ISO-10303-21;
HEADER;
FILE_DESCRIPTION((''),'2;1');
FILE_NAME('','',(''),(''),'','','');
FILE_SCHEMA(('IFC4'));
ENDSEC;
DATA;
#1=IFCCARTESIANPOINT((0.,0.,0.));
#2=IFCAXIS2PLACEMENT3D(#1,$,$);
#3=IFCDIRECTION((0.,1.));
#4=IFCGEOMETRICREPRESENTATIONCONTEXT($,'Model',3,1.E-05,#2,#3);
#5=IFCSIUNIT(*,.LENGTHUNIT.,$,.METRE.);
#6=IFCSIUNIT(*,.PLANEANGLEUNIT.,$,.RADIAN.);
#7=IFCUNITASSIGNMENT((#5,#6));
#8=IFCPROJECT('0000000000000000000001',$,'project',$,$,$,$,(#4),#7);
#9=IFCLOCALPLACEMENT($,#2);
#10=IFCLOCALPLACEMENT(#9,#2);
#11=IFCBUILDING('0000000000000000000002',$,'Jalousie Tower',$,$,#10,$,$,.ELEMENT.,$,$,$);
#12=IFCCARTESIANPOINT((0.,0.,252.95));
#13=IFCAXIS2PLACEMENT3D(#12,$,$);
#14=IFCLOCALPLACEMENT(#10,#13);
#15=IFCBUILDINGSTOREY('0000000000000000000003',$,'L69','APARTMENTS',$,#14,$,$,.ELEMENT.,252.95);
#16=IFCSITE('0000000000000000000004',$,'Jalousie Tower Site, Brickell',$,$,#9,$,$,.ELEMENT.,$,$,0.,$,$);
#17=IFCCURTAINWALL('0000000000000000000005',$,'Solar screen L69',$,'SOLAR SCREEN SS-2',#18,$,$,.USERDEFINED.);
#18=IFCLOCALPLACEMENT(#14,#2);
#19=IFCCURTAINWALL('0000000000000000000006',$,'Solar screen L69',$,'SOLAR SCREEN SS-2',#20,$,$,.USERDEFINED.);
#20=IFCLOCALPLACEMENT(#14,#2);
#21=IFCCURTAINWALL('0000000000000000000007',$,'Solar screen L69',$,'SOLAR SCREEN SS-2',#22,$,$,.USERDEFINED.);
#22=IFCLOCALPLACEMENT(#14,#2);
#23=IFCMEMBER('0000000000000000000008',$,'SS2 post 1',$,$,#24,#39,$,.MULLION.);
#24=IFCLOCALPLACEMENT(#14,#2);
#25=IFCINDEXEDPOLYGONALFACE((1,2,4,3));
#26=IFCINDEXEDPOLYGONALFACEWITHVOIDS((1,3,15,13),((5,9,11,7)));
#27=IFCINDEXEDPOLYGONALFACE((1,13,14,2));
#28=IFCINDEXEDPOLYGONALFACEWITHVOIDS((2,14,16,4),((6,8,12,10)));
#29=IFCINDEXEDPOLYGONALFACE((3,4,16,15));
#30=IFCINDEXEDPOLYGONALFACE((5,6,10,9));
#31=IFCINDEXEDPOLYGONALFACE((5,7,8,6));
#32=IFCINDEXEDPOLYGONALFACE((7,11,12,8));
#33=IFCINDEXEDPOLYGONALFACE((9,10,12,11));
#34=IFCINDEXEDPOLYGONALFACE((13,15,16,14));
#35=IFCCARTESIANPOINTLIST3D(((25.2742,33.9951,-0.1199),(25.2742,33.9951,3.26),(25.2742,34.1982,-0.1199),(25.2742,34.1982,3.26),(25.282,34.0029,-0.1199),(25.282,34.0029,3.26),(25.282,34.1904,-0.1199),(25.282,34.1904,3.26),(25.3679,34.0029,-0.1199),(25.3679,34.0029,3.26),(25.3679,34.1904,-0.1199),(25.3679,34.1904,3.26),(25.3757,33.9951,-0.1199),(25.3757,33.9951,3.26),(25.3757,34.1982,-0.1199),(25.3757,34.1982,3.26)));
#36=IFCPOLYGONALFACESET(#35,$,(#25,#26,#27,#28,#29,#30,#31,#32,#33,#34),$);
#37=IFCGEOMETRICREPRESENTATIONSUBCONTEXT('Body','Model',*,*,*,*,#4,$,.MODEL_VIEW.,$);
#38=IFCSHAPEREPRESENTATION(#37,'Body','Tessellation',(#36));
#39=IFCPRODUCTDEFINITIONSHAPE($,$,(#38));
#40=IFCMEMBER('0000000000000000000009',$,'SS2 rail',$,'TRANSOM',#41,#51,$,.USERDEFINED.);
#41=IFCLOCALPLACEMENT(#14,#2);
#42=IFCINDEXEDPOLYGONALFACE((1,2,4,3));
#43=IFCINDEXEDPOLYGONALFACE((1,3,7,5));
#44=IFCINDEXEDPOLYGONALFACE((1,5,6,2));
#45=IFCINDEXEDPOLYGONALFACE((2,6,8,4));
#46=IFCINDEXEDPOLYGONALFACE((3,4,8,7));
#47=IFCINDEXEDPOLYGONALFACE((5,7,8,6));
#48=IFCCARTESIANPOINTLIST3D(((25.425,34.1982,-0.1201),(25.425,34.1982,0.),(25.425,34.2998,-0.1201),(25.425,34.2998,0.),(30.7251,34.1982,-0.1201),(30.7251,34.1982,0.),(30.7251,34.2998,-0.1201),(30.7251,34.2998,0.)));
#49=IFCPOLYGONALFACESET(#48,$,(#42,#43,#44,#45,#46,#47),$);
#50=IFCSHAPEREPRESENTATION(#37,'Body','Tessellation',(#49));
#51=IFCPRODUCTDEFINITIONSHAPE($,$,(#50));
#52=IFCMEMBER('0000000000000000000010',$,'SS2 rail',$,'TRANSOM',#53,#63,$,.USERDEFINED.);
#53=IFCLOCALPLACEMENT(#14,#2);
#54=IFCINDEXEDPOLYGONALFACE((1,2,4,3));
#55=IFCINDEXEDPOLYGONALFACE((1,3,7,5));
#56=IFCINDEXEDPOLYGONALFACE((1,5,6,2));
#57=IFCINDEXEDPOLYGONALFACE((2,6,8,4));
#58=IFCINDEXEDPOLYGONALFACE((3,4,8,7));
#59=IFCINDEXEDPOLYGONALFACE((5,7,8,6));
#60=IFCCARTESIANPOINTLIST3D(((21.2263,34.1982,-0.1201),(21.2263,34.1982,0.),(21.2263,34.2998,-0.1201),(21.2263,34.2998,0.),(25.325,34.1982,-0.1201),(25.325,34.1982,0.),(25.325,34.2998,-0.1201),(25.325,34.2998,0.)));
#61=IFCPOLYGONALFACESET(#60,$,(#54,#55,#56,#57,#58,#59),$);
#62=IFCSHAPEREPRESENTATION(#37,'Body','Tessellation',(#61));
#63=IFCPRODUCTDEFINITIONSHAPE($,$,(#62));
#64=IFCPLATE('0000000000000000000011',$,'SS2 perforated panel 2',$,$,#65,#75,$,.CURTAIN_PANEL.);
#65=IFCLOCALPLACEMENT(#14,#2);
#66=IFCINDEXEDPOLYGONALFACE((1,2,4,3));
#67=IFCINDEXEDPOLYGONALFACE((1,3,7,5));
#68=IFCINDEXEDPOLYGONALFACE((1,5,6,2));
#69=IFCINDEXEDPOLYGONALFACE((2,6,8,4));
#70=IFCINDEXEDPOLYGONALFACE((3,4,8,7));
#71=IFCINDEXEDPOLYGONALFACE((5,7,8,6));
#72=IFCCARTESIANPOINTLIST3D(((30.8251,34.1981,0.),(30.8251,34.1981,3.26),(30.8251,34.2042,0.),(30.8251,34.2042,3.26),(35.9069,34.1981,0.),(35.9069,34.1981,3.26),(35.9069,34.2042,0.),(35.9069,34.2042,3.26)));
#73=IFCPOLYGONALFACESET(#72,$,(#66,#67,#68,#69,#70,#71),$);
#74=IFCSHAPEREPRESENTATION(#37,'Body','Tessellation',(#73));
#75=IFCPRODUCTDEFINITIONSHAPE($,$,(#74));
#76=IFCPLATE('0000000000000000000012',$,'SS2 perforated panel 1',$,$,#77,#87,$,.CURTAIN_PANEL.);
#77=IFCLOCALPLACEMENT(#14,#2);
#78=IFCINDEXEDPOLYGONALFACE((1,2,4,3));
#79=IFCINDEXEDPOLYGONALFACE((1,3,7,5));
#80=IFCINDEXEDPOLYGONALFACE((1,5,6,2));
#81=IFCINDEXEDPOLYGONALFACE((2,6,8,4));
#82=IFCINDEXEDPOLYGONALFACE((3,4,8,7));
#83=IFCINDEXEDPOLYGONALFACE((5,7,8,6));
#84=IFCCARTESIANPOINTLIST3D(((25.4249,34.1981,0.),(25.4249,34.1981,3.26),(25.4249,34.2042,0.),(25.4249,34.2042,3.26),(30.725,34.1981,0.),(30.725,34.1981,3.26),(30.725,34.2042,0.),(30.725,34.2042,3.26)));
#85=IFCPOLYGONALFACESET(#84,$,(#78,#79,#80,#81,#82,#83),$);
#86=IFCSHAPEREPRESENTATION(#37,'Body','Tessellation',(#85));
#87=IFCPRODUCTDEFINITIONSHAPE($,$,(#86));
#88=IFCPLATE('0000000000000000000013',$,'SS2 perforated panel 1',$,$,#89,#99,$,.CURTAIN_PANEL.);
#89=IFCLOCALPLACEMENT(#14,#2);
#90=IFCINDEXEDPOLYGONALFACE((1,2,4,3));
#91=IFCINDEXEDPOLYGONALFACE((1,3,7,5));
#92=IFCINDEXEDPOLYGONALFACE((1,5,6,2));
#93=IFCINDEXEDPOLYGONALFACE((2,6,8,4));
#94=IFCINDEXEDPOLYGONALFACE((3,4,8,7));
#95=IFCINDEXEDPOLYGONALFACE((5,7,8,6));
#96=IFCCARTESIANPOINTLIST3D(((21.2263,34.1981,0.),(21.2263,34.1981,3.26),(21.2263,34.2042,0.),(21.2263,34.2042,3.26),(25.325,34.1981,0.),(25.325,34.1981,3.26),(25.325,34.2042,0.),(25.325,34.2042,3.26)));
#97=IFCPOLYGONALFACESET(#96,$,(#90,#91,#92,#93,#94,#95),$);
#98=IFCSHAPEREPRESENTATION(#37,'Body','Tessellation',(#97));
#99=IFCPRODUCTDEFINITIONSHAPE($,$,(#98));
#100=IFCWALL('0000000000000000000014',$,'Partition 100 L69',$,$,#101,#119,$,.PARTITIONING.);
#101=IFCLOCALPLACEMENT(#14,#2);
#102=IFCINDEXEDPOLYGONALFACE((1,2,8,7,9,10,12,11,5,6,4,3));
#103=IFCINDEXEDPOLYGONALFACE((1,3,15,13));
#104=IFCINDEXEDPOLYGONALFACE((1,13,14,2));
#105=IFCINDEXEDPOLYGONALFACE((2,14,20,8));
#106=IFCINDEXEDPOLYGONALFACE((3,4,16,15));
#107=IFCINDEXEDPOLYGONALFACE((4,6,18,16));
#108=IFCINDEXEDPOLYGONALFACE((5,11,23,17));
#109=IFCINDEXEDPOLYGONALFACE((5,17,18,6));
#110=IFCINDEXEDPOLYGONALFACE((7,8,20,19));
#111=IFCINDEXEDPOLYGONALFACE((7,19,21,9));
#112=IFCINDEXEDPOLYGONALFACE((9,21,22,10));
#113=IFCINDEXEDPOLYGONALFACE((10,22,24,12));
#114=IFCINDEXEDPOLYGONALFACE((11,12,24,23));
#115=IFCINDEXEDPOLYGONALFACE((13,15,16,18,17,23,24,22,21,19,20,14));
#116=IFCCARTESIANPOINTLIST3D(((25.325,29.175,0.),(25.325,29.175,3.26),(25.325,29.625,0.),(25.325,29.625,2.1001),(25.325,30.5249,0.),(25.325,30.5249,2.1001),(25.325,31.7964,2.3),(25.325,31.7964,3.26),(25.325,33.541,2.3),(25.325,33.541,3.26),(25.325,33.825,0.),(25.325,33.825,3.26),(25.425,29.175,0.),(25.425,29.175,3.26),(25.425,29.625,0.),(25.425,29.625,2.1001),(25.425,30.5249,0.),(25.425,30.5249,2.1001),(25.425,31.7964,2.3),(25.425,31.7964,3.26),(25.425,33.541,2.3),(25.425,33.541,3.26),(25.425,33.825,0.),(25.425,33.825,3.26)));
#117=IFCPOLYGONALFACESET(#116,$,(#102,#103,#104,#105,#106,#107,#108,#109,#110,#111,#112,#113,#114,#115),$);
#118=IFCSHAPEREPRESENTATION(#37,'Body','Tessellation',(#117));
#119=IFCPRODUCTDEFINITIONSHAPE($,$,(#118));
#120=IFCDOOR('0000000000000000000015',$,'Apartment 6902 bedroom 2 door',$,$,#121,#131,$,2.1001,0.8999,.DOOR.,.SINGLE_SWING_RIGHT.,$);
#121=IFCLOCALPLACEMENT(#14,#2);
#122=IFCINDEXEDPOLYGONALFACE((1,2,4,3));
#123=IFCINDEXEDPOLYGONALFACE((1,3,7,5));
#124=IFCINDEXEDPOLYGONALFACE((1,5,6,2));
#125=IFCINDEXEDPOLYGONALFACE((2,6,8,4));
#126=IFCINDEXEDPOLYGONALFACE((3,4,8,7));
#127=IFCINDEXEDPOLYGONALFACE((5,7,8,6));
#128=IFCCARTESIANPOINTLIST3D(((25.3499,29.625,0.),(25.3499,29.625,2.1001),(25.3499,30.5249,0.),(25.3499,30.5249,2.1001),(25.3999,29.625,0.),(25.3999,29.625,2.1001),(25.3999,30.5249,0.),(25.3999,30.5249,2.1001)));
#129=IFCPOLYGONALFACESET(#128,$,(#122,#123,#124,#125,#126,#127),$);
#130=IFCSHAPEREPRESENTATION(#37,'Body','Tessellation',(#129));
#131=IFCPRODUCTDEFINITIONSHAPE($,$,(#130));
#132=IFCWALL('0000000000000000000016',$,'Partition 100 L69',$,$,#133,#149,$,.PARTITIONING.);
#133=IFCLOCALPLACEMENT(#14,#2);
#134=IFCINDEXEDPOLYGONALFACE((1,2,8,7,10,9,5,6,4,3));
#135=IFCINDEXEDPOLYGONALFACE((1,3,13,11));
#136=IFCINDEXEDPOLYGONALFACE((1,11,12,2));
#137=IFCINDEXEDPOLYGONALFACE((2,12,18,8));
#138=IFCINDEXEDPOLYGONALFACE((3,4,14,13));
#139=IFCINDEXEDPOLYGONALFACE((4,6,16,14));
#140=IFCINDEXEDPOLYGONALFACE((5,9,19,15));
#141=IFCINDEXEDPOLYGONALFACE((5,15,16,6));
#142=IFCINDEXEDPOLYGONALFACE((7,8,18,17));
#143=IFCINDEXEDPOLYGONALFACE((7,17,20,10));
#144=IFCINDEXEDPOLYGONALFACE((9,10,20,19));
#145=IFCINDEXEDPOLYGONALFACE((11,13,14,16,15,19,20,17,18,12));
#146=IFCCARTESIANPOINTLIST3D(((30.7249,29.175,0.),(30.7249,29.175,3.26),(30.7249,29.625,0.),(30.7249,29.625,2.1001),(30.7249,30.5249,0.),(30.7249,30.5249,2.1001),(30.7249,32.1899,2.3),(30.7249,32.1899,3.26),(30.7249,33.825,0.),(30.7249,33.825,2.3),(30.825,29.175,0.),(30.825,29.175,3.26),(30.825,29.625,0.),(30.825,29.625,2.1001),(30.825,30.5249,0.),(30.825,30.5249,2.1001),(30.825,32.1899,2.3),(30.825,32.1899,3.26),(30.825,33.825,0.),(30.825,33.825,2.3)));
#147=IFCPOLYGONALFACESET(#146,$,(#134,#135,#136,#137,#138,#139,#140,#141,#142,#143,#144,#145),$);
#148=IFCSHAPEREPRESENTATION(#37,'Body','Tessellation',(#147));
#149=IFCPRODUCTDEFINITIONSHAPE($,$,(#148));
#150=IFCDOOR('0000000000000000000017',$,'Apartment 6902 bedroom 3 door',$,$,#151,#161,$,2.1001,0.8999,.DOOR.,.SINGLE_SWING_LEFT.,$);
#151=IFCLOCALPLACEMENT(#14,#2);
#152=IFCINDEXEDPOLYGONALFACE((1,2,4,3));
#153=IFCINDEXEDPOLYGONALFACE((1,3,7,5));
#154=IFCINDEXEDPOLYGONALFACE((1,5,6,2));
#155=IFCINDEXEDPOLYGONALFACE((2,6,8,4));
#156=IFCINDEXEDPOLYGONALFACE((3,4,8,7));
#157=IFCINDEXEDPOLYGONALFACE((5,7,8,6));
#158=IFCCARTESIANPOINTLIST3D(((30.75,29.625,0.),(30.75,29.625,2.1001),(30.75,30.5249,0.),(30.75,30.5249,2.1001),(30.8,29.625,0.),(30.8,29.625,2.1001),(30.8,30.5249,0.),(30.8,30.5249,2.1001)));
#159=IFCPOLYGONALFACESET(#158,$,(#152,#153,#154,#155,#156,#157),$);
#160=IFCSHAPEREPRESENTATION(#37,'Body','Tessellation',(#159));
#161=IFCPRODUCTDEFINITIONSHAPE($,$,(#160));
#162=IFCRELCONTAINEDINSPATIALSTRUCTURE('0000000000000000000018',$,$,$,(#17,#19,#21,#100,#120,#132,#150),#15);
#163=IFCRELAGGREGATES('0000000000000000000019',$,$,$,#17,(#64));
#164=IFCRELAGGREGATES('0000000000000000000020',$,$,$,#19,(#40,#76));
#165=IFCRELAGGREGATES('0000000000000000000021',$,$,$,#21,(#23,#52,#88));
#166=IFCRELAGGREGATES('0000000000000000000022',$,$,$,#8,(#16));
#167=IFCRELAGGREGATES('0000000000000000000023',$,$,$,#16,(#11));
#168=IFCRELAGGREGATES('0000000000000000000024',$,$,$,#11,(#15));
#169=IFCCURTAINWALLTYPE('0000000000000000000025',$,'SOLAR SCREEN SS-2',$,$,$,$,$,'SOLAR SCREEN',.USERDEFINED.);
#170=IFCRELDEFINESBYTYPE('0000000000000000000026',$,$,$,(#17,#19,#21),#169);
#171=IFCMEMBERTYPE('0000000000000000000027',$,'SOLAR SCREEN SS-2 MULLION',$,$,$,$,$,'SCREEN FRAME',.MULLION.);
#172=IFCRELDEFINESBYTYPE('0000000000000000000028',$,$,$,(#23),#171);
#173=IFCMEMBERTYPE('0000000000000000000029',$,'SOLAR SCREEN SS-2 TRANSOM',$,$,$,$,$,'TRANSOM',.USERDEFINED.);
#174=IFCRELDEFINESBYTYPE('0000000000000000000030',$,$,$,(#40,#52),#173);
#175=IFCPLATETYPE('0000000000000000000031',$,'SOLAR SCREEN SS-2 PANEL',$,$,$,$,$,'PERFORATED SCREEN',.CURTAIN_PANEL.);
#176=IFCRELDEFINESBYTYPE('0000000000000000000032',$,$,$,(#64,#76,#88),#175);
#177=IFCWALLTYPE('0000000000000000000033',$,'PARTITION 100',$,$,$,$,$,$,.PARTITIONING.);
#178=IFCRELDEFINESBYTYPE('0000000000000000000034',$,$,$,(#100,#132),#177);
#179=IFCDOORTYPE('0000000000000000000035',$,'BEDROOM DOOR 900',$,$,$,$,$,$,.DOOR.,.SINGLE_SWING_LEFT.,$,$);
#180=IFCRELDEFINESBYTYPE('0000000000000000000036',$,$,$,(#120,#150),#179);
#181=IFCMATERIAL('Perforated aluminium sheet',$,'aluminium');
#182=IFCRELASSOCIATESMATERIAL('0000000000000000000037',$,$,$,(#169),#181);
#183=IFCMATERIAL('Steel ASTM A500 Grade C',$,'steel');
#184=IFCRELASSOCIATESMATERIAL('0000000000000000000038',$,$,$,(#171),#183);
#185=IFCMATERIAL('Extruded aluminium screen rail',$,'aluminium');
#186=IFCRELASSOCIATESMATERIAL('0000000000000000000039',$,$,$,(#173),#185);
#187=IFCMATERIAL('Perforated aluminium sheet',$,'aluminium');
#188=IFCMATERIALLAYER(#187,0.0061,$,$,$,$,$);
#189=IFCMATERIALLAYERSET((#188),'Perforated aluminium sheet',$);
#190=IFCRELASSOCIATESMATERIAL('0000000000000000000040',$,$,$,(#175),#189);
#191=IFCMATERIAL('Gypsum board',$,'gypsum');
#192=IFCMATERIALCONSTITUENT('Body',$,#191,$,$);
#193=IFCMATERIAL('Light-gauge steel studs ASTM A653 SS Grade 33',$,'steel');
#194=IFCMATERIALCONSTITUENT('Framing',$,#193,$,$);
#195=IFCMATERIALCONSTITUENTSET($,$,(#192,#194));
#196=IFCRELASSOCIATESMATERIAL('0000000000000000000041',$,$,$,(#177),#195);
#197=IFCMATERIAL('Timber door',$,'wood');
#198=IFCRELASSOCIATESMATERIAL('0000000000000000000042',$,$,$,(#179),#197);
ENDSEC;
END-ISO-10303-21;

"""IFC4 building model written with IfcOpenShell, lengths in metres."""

from ifc_helpers import new_model, si_unit, direction, frame, frame_2d, origin, origin_2d, place, context, subcontext, project, spatial, polyline, rectangle, hollow_rectangle, outline, extrude, material, layer, layer_set, constituent, constituent_set, material_profile, profile_set, type_object, element, fill, aggregate, save


model = new_model("IFC4")

# Units and contexts
model_context = context("Model", 3, precision=1e-05, world=origin(), true_north=direction((0.0, 1.0)))
body_context = subcontext(model_context, "Body", "Model", "MODEL_VIEW")
ifc_project = project(units=[si_unit("LENGTHUNIT", "METRE"), si_unit("PLANEANGLEUNIT", "RADIAN")], contexts=[model_context])

# Site, building, storey
site_placement = place(None, origin())
site = spatial("IfcSite", under=ifc_project, at=site_placement, Name="Jalousie Tower Site, Brickell", CompositionType="ELEMENT", RefElevation=0.0)
building_placement = place(site_placement, origin())
building = spatial("IfcBuilding", under=site, at=building_placement, Name="Jalousie Tower", CompositionType="ELEMENT")
storey_placement = place(building_placement, frame((0.0, 0.0, 252.95)))
storey = spatial("IfcBuildingStorey", under=building, at=storey_placement, Name="L69", Description="APARTMENTS", CompositionType="ELEMENT", Elevation=252.95)

# Curtain wall
ifc_material_1 = material(Name="Perforated aluminium sheet", Category="aluminium")
curtain_wall_type = type_object("IfcCurtainWallType", Name="SOLAR SCREEN SS-2", ElementType="SOLAR SCREEN", PredefinedType="USERDEFINED", material=ifc_material_1)
curtain_wall_1_placement = place(storey_placement, origin())
curtain_wall_1 = element("IfcCurtainWall", 1, at=curtain_wall_1_placement, inside=storey, type_object=curtain_wall_type, Name="Solar screen L69", ObjectType="SOLAR SCREEN SS-2", PredefinedType="USERDEFINED")
ifc_material_2 = material(Name="Steel ASTM A500 Grade C", Category="steel")
ifc_material_profile_1 = material_profile(ifc_material_2, hollow_rectangle(XDim=0.1016, YDim=0.2031, WallThickness=0.0078, at=origin_2d()), Name="HSS8X4X5/16")
ifc_profile_set_1 = profile_set([ifc_material_profile_1], Name="Steel ASTM A500 Grade C")
member_type_1 = type_object("IfcMemberType", Name="SOLAR SCREEN SS-2 MULLION", ElementType="SCREEN FRAME", PredefinedType="MULLION", material=ifc_profile_set_1)

# Curtain wall
curtain_wall_2_placement = place(storey_placement, origin())
curtain_wall_2 = element("IfcCurtainWall", 2, at=curtain_wall_2_placement, inside=storey, type_object=curtain_wall_type, Name="Solar screen L69", ObjectType="SOLAR SCREEN SS-2", PredefinedType="USERDEFINED")

# Curtain wall, member
curtain_wall_3_placement = place(storey_placement, origin())
curtain_wall_3 = element("IfcCurtainWall", 3, at=curtain_wall_3_placement, inside=storey, type_object=curtain_wall_type, Name="Solar screen L69", ObjectType="SOLAR SCREEN SS-2", PredefinedType="USERDEFINED")
member_1_placement = place(storey_placement, frame((25.325, 34.0967, -0.1199), z_axis=(0.0, 0.0, 1.0), x_axis=(-1.0, 0.0, 0.0)))
member_1 = element("IfcMember", 4, at=member_1_placement, type_object=member_type_1, Name="SS2 post 1", PredefinedType="MULLION", context=body_context, shape_type="SweptSolid", body=[
    extrude(hollow_rectangle(XDim=0.1016, YDim=0.2031, WallThickness=0.0078, at=origin_2d()), origin(), (0.0, 0.0, 1.0), 3.3799),
])

# Members
ifc_material_3 = material(Name="Extruded aluminium screen rail", Category="aluminium")
ifc_material_profile_2 = material_profile(ifc_material_3, rectangle(XDim=0.1016, YDim=0.1201, at=origin_2d()), Name="RAIL 102x120")
ifc_profile_set_2 = profile_set([ifc_material_profile_2], Name="Extruded aluminium screen rail")
member_type_2 = type_object("IfcMemberType", Name="SOLAR SCREEN SS-2 TRANSOM", ElementType="TRANSOM", PredefinedType="USERDEFINED", material=ifc_profile_set_2)
member_2_placement = place(storey_placement, frame((30.7251, 34.249, -0.0601), z_axis=(-1.0, 0.0, 0.0), x_axis=(0.0, -1.0, 0.0)))
member_2 = element("IfcMember", 5, at=member_2_placement, type_object=member_type_2, Name="SS2 rail", ObjectType="TRANSOM", PredefinedType="USERDEFINED", context=body_context, shape_type="SweptSolid", body=[
    extrude(rectangle(XDim=0.1016, YDim=0.1201, at=origin_2d()), origin(), (0.0, 0.0, 1.0), 5.3),
])
member_3_placement = place(storey_placement, frame((25.325, 34.249, -0.0601), z_axis=(-1.0, 0.0, 0.0), x_axis=(0.0, -1.0, 0.0)))
member_3 = element("IfcMember", 6, at=member_3_placement, type_object=member_type_2, Name="SS2 rail", ObjectType="TRANSOM", PredefinedType="USERDEFINED", context=body_context, shape_type="SweptSolid", body=[
    extrude(rectangle(XDim=0.1016, YDim=0.1201, at=origin_2d()), origin(), (0.0, 0.0, 1.0), 4.0986),
])

# Plates
ifc_material_4 = material(Name="Perforated aluminium sheet", Category="aluminium")
ifc_layer = layer(ifc_material_4, 0.0061)
ifc_layer_set = layer_set([ifc_layer], Name="Perforated aluminium sheet")
plate_type = type_object("IfcPlateType", Name="SOLAR SCREEN SS-2 PANEL", ElementType="PERFORATED SCREEN", PredefinedType="CURTAIN_PANEL", material=ifc_layer_set)
plate_1_placement = place(storey_placement, frame((33.366, 34.2012, 0.0), z_axis=(0.0, 0.0, 1.0), x_axis=(-1.0, 0.0, 0.0)))
plate_1 = element("IfcPlate", 7, at=plate_1_placement, type_object=plate_type, Name="SS2 perforated panel 2", PredefinedType="CURTAIN_PANEL", context=body_context, shape_type="SweptSolid", body=[
    extrude(rectangle(XDim=5.0818, YDim=0.0061, at=origin_2d()), origin(), (0.0, 0.0, 1.0), 3.26),
])
aggregate(curtain_wall_1, [plate_1])
plate_2_placement = place(storey_placement, frame((28.075, 34.2012, 0.0), z_axis=(0.0, 0.0, 1.0), x_axis=(-1.0, 0.0, 0.0)))
plate_2 = element("IfcPlate", 8, at=plate_2_placement, type_object=plate_type, Name="SS2 perforated panel 1", PredefinedType="CURTAIN_PANEL", context=body_context, shape_type="SweptSolid", body=[
    extrude(rectangle(XDim=5.3, YDim=0.0061, at=origin_2d()), origin(), (0.0, 0.0, 1.0), 3.26),
])
aggregate(curtain_wall_2, [member_2, plate_2])
plate_3_placement = place(storey_placement, frame((23.2756, 34.2012, 0.0), z_axis=(0.0, 0.0, 1.0), x_axis=(-1.0, 0.0, 0.0)))
plate_3 = element("IfcPlate", 9, at=plate_3_placement, type_object=plate_type, Name="SS2 perforated panel 1", PredefinedType="CURTAIN_PANEL", context=body_context, shape_type="SweptSolid", body=[
    extrude(rectangle(XDim=4.0986, YDim=0.0061, at=origin_2d()), origin(), (0.0, 0.0, 1.0), 3.26),
])
aggregate(curtain_wall_3, [member_1, member_3, plate_3])

# Walls, openings, doors
ifc_material_5 = material(Name="Gypsum board", Category="gypsum")
ifc_constituent_1 = constituent(ifc_material_5, Name="Body")
ifc_material_6 = material(Name="Light-gauge steel studs ASTM A653 SS Grade 33", Category="steel")
ifc_constituent_2 = constituent(ifc_material_6, Name="Framing")
ifc_constituent_set = constituent_set(constituents=[ifc_constituent_1, ifc_constituent_2])
wall_type = type_object("IfcWallType", Name="PARTITION 100", PredefinedType="PARTITIONING", material=ifc_constituent_set)
wall_1_placement = place(storey_placement, frame((25.375, 33.825, 0.0), z_axis=(0.0, 0.0, 1.0), x_axis=(0.0, -1.0, 0.0)))
wall_1 = element("IfcWall", 10, at=wall_1_placement, inside=storey, type_object=wall_type, Name="Partition 100 L69", PredefinedType="PARTITIONING", context=body_context, shape_type="SweptSolid", body=[
    extrude(outline(polyline([(0.0, 0.0), (4.6499, 0.0), (4.6499, 3.26), (2.0286, 3.26), (2.0286, 2.3), (0.2839, 2.3), (0.2839, 3.26), (0.0, 3.26), (0.0, 0.0)])), frame((0.0, 0.05, 0.0), z_axis=(0.0, -1.0, 0.0), x_axis=(1.0, 0.0, 0.0)), (0.0, 0.0, 1.0), 0.1001),
])
opening_1_placement = place(wall_1_placement, frame((3.3, 0.0, 0.0)))
opening_1 = element("IfcOpeningElement", 11, at=opening_1_placement, cuts=wall_1, PredefinedType="OPENING", context=body_context, shape_type="SweptSolid", body=[
    extrude(rectangle(XDim=0.8999, YDim=2.1001, at=frame_2d((0.45, 1.05))), frame((0.0, 0.0601, 0.0), z_axis=(0.0, -1.0, 0.0), x_axis=(1.0, 0.0, 0.0)), (0.0, 0.0, 1.0), 0.1201),
])
ifc_material_7 = material(Name="Timber door", Category="wood")
door_type = type_object("IfcDoorType", Name="BEDROOM DOOR 900", OperationType="SINGLE_SWING_LEFT", PredefinedType="DOOR", material=ifc_material_7)
door_1_placement = place(opening_1_placement, origin())
door_1 = element("IfcDoor", 12, at=door_1_placement, inside=storey, type_object=door_type, Name="Apartment 6902 bedroom 2 door", OperationType="SINGLE_SWING_RIGHT", OverallHeight=2.1001, OverallWidth=0.8999, PredefinedType="DOOR", context=body_context, shape_type="SweptSolid", body=[
    extrude(rectangle(XDim=0.8999, YDim=2.1001, at=frame_2d((0.45, 1.05))), frame((0.0, 0.0249, 0.0), z_axis=(0.0, -1.0, 0.0), x_axis=(1.0, 0.0, 0.0)), (0.0, 0.0, 1.0), 0.05),
])
fill(opening_1, door_1)
wall_2_placement = place(storey_placement, frame((30.7749, 33.825, 0.0), z_axis=(0.0, 0.0, 1.0), x_axis=(0.0, -1.0, 0.0)))
wall_2 = element("IfcWall", 13, at=wall_2_placement, inside=storey, type_object=wall_type, Name="Partition 100 L69", PredefinedType="PARTITIONING", context=body_context, shape_type="SweptSolid", body=[
    extrude(outline(polyline([(0.0, 0.0), (4.6499, 0.0), (4.6499, 3.26), (1.635, 3.26), (1.635, 2.3), (0.0, 2.3), (0.0, 3.26), (0.0, 0.0)])), frame((0.0, 0.05, 0.0), z_axis=(0.0, -1.0, 0.0), x_axis=(1.0, 0.0, 0.0)), (0.0, 0.0, 1.0), 0.1001),
])
opening_2_placement = place(wall_2_placement, frame((3.3, 0.0, 0.0)))
opening_2 = element("IfcOpeningElement", 14, at=opening_2_placement, cuts=wall_2, PredefinedType="OPENING", context=body_context, shape_type="SweptSolid", body=[
    extrude(rectangle(XDim=0.8999, YDim=2.1001, at=frame_2d((0.45, 1.05))), frame((0.0, 0.0601, 0.0), z_axis=(0.0, -1.0, 0.0), x_axis=(1.0, 0.0, 0.0)), (0.0, 0.0, 1.0), 0.1201),
])
door_2_placement = place(opening_2_placement, frame((0.8999, 0.0, 0.0), z_axis=(0.0, 0.0, 1.0), x_axis=(-1.0, 0.0, 0.0)))
door_2 = element("IfcDoor", 15, at=door_2_placement, inside=storey, type_object=door_type, Name="Apartment 6902 bedroom 3 door", OperationType="SINGLE_SWING_LEFT", OverallHeight=2.1001, OverallWidth=0.8999, PredefinedType="DOOR", context=body_context, shape_type="SweptSolid", body=[
    extrude(rectangle(XDim=0.8999, YDim=2.1001, at=frame_2d((0.45, 1.05))), frame((0.0, 0.0249, 0.0), z_axis=(0.0, -1.0, 0.0), x_axis=(1.0, 0.0, 0.0)), (0.0, 0.0, 1.0), 0.05),
])
fill(opening_2, door_2)

save(model, "model.ifc")
